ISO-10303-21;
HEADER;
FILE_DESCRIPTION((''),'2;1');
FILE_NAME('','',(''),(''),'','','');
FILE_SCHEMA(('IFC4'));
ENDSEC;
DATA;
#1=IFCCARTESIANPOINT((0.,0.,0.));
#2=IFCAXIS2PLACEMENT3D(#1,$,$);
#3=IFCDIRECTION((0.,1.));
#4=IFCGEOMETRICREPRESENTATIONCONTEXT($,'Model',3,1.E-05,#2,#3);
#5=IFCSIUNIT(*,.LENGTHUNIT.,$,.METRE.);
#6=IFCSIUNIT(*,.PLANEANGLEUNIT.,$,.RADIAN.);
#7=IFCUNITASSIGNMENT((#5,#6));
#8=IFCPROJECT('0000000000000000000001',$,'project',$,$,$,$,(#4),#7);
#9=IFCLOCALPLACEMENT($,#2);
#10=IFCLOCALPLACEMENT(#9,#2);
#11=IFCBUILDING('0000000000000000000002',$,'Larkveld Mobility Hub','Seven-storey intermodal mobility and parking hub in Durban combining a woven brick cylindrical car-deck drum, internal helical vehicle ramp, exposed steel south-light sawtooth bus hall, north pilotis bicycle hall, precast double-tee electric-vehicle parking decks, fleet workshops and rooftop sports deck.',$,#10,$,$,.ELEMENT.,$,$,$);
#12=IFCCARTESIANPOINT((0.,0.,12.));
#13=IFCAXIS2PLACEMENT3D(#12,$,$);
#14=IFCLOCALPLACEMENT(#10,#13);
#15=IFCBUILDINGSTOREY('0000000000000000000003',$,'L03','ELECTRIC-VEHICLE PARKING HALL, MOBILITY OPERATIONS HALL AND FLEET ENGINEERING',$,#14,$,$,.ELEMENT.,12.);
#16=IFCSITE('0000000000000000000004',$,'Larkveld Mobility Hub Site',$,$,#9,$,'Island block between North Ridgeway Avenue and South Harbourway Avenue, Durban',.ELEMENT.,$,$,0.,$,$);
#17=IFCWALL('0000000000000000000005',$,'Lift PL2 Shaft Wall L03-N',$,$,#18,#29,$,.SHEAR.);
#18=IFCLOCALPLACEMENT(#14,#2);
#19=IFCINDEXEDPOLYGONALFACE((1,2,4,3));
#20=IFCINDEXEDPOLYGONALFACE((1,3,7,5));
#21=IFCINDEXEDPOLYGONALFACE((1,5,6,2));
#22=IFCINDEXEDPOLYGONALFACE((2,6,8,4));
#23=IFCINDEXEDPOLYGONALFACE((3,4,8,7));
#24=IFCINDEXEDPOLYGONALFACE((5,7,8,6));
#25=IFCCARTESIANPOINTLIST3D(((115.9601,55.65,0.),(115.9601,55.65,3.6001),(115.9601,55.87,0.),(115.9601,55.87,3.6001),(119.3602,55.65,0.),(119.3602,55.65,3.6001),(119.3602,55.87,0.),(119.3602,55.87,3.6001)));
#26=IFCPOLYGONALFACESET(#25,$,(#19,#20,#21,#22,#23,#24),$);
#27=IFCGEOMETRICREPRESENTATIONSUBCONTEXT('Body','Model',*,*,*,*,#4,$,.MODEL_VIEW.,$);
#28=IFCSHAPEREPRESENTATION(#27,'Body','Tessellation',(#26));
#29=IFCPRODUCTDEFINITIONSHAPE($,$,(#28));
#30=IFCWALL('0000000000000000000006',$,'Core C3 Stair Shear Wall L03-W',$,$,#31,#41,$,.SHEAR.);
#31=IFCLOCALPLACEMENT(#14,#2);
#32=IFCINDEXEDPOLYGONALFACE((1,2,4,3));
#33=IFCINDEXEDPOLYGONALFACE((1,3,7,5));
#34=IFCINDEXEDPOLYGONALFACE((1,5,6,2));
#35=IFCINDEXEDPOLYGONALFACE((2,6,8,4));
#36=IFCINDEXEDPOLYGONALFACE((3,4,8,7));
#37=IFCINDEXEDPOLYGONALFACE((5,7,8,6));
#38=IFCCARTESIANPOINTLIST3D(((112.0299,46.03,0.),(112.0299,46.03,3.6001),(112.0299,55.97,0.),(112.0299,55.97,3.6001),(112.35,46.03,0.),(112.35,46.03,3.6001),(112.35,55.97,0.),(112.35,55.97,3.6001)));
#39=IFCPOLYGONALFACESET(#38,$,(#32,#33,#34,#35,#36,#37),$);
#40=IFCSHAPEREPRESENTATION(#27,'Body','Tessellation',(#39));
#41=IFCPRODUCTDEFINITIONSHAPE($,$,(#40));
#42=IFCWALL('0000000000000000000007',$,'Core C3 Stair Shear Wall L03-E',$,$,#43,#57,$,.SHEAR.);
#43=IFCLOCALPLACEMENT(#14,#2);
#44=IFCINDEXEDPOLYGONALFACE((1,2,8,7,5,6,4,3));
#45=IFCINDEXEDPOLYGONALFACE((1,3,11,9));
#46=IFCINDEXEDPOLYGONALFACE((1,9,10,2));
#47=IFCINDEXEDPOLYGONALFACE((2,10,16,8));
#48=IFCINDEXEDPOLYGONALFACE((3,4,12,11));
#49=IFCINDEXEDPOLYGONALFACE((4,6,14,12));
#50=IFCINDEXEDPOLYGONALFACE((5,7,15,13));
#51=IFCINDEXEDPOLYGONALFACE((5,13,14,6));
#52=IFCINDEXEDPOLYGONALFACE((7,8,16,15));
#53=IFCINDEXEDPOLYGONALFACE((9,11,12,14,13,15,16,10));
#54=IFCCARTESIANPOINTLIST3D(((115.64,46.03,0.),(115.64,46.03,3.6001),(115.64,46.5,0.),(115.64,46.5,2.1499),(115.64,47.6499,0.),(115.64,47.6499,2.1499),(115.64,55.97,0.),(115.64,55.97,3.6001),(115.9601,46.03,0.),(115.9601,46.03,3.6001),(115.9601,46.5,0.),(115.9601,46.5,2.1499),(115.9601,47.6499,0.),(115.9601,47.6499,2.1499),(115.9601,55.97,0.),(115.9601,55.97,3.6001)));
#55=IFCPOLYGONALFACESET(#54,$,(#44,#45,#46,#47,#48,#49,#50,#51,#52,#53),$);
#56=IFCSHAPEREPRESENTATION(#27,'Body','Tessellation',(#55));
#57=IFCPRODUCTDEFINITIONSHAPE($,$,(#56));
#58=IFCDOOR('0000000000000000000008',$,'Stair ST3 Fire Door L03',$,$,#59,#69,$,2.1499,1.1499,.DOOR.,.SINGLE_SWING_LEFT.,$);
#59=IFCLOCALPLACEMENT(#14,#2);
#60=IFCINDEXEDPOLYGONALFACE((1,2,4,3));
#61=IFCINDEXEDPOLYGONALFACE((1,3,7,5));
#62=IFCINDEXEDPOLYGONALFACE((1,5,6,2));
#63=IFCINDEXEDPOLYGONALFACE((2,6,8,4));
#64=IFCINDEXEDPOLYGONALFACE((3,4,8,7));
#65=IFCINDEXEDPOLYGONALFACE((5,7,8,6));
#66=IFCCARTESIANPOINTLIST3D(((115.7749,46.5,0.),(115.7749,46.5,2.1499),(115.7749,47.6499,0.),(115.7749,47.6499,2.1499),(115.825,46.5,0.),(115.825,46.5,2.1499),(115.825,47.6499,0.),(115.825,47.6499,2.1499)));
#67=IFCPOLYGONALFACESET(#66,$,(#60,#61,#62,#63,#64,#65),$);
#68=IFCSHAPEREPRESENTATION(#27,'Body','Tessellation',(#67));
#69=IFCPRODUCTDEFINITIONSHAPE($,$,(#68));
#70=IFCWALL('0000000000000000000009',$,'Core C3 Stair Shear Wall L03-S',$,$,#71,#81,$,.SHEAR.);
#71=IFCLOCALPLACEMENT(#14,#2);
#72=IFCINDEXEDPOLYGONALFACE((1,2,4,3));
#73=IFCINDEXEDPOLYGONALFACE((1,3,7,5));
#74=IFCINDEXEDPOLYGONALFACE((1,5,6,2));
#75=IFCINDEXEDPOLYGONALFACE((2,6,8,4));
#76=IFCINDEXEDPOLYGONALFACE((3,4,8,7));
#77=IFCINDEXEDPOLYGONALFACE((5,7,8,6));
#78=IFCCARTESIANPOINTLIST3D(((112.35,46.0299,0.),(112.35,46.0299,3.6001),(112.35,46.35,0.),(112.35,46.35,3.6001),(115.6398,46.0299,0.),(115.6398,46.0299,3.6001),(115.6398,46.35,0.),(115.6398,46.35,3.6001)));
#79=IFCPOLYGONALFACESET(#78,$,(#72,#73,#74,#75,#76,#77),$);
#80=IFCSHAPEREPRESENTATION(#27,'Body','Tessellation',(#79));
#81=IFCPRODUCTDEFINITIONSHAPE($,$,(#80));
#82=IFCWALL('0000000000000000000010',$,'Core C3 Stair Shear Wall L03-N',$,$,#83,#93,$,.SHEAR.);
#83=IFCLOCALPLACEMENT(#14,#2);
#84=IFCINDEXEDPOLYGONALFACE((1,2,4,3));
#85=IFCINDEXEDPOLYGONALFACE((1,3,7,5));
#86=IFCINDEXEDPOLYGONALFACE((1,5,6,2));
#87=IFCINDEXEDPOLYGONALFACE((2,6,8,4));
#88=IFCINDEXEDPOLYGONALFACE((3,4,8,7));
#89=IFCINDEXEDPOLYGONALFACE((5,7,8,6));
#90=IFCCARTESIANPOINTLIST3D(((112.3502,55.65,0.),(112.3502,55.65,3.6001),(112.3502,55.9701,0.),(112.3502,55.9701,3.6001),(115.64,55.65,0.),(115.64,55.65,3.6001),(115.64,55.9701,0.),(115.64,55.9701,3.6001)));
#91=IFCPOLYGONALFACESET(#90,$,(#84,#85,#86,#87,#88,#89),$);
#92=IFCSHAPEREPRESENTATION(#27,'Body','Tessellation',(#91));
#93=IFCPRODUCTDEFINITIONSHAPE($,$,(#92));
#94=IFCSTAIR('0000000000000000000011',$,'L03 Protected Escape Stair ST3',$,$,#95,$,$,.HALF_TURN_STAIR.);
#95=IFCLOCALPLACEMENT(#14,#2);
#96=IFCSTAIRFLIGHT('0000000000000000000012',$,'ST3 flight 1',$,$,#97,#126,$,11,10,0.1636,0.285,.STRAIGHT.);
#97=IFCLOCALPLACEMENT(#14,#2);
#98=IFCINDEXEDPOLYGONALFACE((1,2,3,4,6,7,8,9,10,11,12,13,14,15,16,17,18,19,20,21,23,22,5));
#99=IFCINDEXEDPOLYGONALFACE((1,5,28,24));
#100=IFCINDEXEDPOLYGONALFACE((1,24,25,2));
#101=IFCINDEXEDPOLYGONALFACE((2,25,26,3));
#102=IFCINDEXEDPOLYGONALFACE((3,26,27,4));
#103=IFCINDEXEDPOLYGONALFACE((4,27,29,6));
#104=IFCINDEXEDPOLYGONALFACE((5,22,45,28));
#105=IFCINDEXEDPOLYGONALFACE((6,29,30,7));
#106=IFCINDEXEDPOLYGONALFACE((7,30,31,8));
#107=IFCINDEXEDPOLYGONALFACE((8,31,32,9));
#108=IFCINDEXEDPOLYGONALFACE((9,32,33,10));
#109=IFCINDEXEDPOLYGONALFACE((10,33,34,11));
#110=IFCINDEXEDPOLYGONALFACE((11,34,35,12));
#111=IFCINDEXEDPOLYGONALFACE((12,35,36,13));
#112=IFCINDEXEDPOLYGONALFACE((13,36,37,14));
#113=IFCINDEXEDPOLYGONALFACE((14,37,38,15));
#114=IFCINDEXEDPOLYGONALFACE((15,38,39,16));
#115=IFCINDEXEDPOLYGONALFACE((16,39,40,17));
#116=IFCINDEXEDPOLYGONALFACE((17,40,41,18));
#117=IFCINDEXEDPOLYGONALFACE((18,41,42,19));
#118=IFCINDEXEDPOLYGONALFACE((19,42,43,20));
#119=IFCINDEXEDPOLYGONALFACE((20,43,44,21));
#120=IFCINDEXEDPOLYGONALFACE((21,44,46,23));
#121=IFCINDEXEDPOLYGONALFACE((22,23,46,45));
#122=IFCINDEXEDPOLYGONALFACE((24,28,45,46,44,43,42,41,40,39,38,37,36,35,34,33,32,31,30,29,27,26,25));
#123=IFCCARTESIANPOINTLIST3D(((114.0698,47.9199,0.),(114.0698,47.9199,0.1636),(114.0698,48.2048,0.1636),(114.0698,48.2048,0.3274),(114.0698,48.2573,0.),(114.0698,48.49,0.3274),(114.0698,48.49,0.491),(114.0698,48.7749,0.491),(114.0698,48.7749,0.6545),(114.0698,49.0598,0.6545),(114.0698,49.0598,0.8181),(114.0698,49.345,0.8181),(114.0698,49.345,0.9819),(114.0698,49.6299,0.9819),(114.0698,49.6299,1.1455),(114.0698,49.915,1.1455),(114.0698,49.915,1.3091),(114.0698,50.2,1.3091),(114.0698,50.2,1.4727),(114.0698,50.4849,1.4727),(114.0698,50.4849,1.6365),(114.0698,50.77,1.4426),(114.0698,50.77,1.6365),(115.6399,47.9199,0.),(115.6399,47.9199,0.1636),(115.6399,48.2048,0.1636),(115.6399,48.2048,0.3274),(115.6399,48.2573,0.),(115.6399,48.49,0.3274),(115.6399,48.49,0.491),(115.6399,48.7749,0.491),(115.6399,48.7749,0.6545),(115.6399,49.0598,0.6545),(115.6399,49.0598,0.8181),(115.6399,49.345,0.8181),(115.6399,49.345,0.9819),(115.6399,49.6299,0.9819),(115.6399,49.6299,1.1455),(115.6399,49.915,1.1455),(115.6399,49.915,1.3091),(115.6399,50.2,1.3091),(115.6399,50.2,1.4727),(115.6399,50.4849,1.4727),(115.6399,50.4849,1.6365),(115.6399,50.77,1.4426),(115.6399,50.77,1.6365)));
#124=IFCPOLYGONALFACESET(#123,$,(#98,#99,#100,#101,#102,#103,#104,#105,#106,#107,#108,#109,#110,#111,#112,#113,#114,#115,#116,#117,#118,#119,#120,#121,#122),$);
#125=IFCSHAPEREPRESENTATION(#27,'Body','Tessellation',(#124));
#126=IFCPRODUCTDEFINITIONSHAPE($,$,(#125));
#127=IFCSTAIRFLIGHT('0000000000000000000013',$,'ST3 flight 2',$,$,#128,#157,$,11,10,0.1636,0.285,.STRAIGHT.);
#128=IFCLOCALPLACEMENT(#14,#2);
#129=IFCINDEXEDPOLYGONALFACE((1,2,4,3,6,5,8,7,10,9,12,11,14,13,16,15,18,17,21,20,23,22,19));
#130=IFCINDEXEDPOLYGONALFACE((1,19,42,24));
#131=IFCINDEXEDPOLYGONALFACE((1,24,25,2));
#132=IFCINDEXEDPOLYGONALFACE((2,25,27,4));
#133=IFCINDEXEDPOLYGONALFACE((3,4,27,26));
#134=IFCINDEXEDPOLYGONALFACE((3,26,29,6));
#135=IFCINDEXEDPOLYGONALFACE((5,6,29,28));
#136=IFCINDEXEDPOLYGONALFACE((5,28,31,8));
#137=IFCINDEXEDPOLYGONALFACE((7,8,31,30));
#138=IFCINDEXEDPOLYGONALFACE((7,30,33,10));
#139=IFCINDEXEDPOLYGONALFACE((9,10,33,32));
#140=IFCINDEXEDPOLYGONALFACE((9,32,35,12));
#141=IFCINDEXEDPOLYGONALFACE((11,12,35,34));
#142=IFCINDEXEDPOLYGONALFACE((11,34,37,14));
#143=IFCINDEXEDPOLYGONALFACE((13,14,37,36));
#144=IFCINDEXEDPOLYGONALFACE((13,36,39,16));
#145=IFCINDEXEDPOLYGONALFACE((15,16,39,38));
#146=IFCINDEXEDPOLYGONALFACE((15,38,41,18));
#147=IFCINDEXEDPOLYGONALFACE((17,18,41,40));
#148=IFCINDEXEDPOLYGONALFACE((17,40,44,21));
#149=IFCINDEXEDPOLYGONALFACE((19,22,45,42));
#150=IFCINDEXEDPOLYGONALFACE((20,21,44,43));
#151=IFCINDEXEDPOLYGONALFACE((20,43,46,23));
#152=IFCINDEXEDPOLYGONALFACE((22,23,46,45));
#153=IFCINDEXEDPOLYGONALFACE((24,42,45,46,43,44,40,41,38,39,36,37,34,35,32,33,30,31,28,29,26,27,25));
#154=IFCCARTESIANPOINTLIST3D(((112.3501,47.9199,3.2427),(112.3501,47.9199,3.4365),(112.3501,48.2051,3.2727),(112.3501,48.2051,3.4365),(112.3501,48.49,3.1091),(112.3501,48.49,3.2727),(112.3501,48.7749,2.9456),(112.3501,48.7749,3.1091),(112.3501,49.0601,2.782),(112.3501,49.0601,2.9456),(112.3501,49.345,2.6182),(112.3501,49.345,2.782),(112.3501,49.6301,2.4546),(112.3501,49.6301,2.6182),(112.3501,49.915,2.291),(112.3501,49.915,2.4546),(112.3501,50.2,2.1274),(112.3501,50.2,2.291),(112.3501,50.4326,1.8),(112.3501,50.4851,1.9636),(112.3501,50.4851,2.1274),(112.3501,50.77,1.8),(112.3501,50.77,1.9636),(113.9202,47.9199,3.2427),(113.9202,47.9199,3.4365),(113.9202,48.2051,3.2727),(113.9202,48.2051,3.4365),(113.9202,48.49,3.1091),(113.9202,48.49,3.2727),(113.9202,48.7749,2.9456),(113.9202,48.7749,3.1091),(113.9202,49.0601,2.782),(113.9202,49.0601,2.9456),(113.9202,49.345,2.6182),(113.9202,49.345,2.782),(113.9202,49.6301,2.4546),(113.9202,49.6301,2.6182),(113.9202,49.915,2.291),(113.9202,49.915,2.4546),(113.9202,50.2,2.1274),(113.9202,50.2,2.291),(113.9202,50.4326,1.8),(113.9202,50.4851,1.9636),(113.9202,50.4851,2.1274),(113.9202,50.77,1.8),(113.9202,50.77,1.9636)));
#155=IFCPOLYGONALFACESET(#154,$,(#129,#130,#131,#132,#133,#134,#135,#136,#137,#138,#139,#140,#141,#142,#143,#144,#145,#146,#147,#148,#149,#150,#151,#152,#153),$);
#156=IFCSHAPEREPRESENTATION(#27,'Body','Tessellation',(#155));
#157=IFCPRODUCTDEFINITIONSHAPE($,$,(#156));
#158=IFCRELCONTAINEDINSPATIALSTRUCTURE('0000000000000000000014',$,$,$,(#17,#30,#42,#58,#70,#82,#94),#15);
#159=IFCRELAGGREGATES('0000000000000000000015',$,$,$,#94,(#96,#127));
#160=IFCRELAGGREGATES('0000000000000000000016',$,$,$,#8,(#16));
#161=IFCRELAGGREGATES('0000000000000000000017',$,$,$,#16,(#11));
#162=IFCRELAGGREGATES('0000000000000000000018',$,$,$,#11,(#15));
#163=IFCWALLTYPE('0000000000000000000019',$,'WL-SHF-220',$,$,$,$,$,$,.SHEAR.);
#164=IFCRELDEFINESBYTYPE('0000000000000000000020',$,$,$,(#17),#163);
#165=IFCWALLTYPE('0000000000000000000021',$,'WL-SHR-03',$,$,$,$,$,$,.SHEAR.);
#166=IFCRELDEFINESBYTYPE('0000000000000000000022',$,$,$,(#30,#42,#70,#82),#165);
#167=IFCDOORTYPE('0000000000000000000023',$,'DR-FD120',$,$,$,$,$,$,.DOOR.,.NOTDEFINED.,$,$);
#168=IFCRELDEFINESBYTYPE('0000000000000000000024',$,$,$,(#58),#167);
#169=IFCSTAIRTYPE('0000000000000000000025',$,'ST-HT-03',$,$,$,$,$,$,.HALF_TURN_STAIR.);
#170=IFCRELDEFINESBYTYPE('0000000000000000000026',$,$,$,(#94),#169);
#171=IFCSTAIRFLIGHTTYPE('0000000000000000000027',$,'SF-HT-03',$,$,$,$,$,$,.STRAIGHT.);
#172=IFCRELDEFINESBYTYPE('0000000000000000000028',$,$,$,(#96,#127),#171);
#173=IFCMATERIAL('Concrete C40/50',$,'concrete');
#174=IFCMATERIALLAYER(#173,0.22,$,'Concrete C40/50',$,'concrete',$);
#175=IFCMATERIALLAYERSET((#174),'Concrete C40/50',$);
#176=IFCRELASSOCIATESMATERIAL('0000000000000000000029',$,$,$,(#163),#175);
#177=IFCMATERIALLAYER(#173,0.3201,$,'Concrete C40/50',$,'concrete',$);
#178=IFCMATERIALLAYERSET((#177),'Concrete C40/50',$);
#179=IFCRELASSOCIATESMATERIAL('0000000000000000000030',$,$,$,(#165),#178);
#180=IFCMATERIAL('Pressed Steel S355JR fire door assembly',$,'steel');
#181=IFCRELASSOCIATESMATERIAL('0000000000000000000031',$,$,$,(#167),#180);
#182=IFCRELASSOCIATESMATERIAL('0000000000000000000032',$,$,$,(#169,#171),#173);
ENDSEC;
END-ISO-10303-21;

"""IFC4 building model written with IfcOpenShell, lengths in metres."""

from ifc_helpers import new_model, si_unit, direction, frame, frame_2d, origin, place, context, subcontext, project, spatial, polyline, rectangle, outline, extrude, material, layer, layer_set, type_object, element, fill, aggregate, save


model = new_model("IFC4")

# Units and contexts
model_context = context("Model", 3, precision=1e-05, world=origin(), true_north=direction((0.0, 1.0)))
body_context = subcontext(model_context, "Body", "Model", "MODEL_VIEW")
ifc_project = project(units=[si_unit("LENGTHUNIT", "METRE"), si_unit("PLANEANGLEUNIT", "RADIAN")], contexts=[model_context])

# Site, building, storey
site_placement = place(None, origin())
site = spatial("IfcSite", under=ifc_project, at=site_placement, Name="Larkveld Mobility Hub Site", LongName="Island block between North Ridgeway Avenue and South Harbourway Avenue, Durban", CompositionType="ELEMENT", RefElevation=0.0)
building_placement = place(site_placement, origin())
building = spatial("IfcBuilding", under=site, at=building_placement, Name="Larkveld Mobility Hub", Description="Seven-storey intermodal mobility and parking hub in Durban combining a woven brick cylindrical car-deck drum, internal helical vehicle ramp, exposed steel south-light sawtooth bus hall, north pilotis bicycle hall, precast double-tee electric-vehicle parking decks, fleet workshops and rooftop sports deck.", CompositionType="ELEMENT")
storey_placement = place(building_placement, frame((0.0, 0.0, 12.0)))
storey = spatial("IfcBuildingStorey", under=building, at=storey_placement, Name="L03", Description="ELECTRIC-VEHICLE PARKING HALL, MOBILITY OPERATIONS HALL AND FLEET ENGINEERING", CompositionType="ELEMENT", Elevation=12.0)

# Shared definitions
ifc_material_1 = material(Name="Concrete C40/50", Category="concrete")

# Shared definitions
ifc_layer_1 = layer(ifc_material_1, 0.22, Name="Concrete C40/50", Category="concrete")
ifc_layer_set_1 = layer_set([ifc_layer_1], Name="Concrete C40/50")
wall_type_1 = type_object("IfcWallType", Name="WL-SHF-220", PredefinedType="SHEAR", material=ifc_layer_set_1)

# Walls
for number, where, z_axis, x_axis, name in (
    (1, (115.96, 55.76, 0.0), (0.0, 0.0, 1.0), (1.0, 0.0, 0.0), "Lift PL2 Shaft Wall L03-N"),
):
    element("IfcWall", number, at=place(storey_placement, frame(where, z_axis=z_axis, x_axis=x_axis)), inside=storey, type_object=wall_type_1, Name=name, PredefinedType="SHEAR", context=body_context, shape_type="SweptSolid", body=[
        extrude(rectangle(XDim=3.4001, YDim=0.22, at=frame_2d((1.7002, 0.0))), origin(), (0.0, 0.0, 1.0), 3.6001),
    ])
ifc_layer_2 = layer(ifc_material_1, 0.3201, Name="Concrete C40/50", Category="concrete")
ifc_layer_set_2 = layer_set([ifc_layer_2], Name="Concrete C40/50")
wall_type_2 = type_object("IfcWallType", Name="WL-SHR-03", PredefinedType="SHEAR", material=ifc_layer_set_2)
wall_1_placement = place(storey_placement, frame((112.1899, 46.03, 0.0), z_axis=(0.0, 0.0, 1.0), x_axis=(0.0, 1.0, 0.0)))
element("IfcWall", 2, at=wall_1_placement, inside=storey, type_object=wall_type_2, Name="Core C3 Stair Shear Wall L03-W", PredefinedType="SHEAR", context=body_context, shape_type="SweptSolid", body=[
    extrude(rectangle(XDim=9.9399, YDim=0.3201, at=frame_2d((4.97, 0.0))), origin(), (0.0, 0.0, 1.0), 3.6001),
])

# Wall, opening, door
wall_2_placement = place(storey_placement, frame((115.8, 55.97, 0.0), z_axis=(0.0, 0.0, 1.0), x_axis=(0.0, -1.0, 0.0)))
wall_2 = element("IfcWall", 3, at=wall_2_placement, inside=storey, type_object=wall_type_2, Name="Core C3 Stair Shear Wall L03-E", PredefinedType="SHEAR", context=body_context, shape_type="SweptSolid", body=[
    extrude(rectangle(XDim=9.9399, YDim=0.3201, at=frame_2d((4.97, 0.0))), origin(), (0.0, 0.0, 1.0), 3.6001),
])
opening_1_placement = place(wall_2_placement, frame((8.3201, 0.0, 0.0)))
opening_1 = element("IfcOpeningElement", 4, at=opening_1_placement, cuts=wall_2, PredefinedType="OPENING", context=body_context, shape_type="SweptSolid", body=[
    extrude(rectangle(XDim=1.1499, YDim=2.1499, at=frame_2d((0.575, 1.075))), frame((0.0, 0.1699, 0.0), z_axis=(0.0, -1.0, 0.0), x_axis=(1.0, 0.0, 0.0)), (0.0, 0.0, 1.0), 0.3401),
])
ifc_material_2 = material(Name="Pressed Steel S355JR fire door assembly", Category="steel")
door_type_1 = type_object("IfcDoorType", Name="DR-FD120", OperationType="NOTDEFINED", PredefinedType="DOOR", material=ifc_material_2)
door_1_placement = place(opening_1_placement, origin())
door_1 = element("IfcDoor", 5, at=door_1_placement, inside=storey, type_object=door_type_1, Name="Stair ST3 Fire Door L03", OperationType="SINGLE_SWING_LEFT", OverallHeight=2.1499, OverallWidth=1.1499, PredefinedType="DOOR", context=body_context, shape_type="SweptSolid", body=[
    extrude(rectangle(XDim=1.1499, YDim=2.1499, at=frame_2d((0.575, 1.075))), frame((0.0, 0.0249, 0.0), z_axis=(0.0, -1.0, 0.0), x_axis=(1.0, 0.0, 0.0)), (0.0, 0.0, 1.0), 0.05),
])
fill(opening_1, door_1)

# Walls
for number, where, z_axis, x_axis, name in (
    (6, (115.6399, 46.1899, 0.0), (0.0, 0.0, 1.0), (-1.0, 0.0, 0.0), "Core C3 Stair Shear Wall L03-S"),
    (7, (112.3501, 55.8101, 0.0), (0.0, 0.0, 1.0), (1.0, 0.0, 0.0), "Core C3 Stair Shear Wall L03-N"),
):
    element("IfcWall", number, at=place(storey_placement, frame(where, z_axis=z_axis, x_axis=x_axis)), inside=storey, type_object=wall_type_2, Name=name, PredefinedType="SHEAR", context=body_context, shape_type="SweptSolid", body=[
        extrude(rectangle(XDim=3.2898, YDim=0.3201, at=frame_2d((1.645, 0.0))), origin(), (0.0, 0.0, 1.0), 3.6001),
    ])

# Stair, stair flights
stair_type = type_object("IfcStairType", Name="ST-HT-03", PredefinedType="HALF_TURN_STAIR", material=ifc_material_1)
stair_placement = place(storey_placement, origin())
stair = element("IfcStair", 8, at=stair_placement, inside=storey, type_object=stair_type, Name="L03 Protected Escape Stair ST3", PredefinedType="HALF_TURN_STAIR")
stair_flight_type = type_object("IfcStairFlightType", Name="SF-HT-03", PredefinedType="STRAIGHT", material=ifc_material_1)
stair_flight_1_placement = place(storey_placement, frame((114.855, 47.9199, 0.0), z_axis=(0.0, 0.0, 1.0), x_axis=(0.0, 1.0, 0.0)))
stair_flight_1 = element("IfcStairFlight", 9, at=stair_flight_1_placement, type_object=stair_flight_type, Name="ST3 flight 1", NumberOfRisers=11, NumberOfTreads=10, PredefinedType="STRAIGHT", RiserHeight=0.1636, TreadLength=0.285, context=body_context, shape_type="SweptSolid", body=[
    extrude(outline(polyline([(0.0, 0.0), (0.0, 0.1636), (0.2849, 0.1636), (0.2849, 0.3274), (0.5701, 0.3274), (0.5701, 0.491), (0.855, 0.491), (0.855, 0.6545), (1.1399, 0.6545), (1.1399, 0.8181), (1.425, 0.8181), (1.425, 0.9819), (1.71, 0.9819), (1.71, 1.1455), (1.9951, 1.1455), (1.9951, 1.3091), (2.28, 1.3091), (2.28, 1.4727), (2.5649, 1.4727), (2.5649, 1.6365), (2.8501, 1.6365), (2.8501, 1.8), (2.8501, 1.4426), (0.3374, 0.0), (0.0, 0.0)])), frame((0.0, 0.7852, 0.0), z_axis=(0.0, -1.0, 0.0), x_axis=(1.0, 0.0, 0.0)), (0.0, 0.0, 1.0), 1.5701),
])
stair_flight_2_placement = place(storey_placement, frame((113.135, 50.77, 1.8), z_axis=(0.0, 0.0, 1.0), x_axis=(0.0, -1.0, 0.0)))
stair_flight_2 = element("IfcStairFlight", 10, at=stair_flight_2_placement, type_object=stair_flight_type, Name="ST3 flight 2", NumberOfRisers=11, NumberOfTreads=10, PredefinedType="STRAIGHT", RiserHeight=0.1636, TreadLength=0.285, context=body_context, shape_type="SweptSolid", body=[
    extrude(outline(polyline([(0.0, 0.0), (0.0, 0.1636), (0.2849, 0.1636), (0.2849, 0.3274), (0.5701, 0.3274), (0.5701, 0.491), (0.855, 0.491), (0.855, 0.6545), (1.1399, 0.6545), (1.1399, 0.8181), (1.425, 0.8181), (1.425, 0.9819), (1.71, 0.9819), (1.71, 1.1455), (1.9951, 1.1455), (1.9951, 1.3091), (2.28, 1.3091), (2.28, 1.4727), (2.5649, 1.4727), (2.5649, 1.6365), (2.8501, 1.6365), (2.8501, 1.8), (2.8501, 1.4426), (0.3374, 0.0), (0.0, 0.0)])), frame((0.0, 0.7852, 0.0), z_axis=(0.0, -1.0, 0.0), x_axis=(1.0, 0.0, 0.0)), (0.0, 0.0, 1.0), 1.5701),
])
aggregate(stair, [stair_flight_1, stair_flight_2])

save(model, "model.ifc")
